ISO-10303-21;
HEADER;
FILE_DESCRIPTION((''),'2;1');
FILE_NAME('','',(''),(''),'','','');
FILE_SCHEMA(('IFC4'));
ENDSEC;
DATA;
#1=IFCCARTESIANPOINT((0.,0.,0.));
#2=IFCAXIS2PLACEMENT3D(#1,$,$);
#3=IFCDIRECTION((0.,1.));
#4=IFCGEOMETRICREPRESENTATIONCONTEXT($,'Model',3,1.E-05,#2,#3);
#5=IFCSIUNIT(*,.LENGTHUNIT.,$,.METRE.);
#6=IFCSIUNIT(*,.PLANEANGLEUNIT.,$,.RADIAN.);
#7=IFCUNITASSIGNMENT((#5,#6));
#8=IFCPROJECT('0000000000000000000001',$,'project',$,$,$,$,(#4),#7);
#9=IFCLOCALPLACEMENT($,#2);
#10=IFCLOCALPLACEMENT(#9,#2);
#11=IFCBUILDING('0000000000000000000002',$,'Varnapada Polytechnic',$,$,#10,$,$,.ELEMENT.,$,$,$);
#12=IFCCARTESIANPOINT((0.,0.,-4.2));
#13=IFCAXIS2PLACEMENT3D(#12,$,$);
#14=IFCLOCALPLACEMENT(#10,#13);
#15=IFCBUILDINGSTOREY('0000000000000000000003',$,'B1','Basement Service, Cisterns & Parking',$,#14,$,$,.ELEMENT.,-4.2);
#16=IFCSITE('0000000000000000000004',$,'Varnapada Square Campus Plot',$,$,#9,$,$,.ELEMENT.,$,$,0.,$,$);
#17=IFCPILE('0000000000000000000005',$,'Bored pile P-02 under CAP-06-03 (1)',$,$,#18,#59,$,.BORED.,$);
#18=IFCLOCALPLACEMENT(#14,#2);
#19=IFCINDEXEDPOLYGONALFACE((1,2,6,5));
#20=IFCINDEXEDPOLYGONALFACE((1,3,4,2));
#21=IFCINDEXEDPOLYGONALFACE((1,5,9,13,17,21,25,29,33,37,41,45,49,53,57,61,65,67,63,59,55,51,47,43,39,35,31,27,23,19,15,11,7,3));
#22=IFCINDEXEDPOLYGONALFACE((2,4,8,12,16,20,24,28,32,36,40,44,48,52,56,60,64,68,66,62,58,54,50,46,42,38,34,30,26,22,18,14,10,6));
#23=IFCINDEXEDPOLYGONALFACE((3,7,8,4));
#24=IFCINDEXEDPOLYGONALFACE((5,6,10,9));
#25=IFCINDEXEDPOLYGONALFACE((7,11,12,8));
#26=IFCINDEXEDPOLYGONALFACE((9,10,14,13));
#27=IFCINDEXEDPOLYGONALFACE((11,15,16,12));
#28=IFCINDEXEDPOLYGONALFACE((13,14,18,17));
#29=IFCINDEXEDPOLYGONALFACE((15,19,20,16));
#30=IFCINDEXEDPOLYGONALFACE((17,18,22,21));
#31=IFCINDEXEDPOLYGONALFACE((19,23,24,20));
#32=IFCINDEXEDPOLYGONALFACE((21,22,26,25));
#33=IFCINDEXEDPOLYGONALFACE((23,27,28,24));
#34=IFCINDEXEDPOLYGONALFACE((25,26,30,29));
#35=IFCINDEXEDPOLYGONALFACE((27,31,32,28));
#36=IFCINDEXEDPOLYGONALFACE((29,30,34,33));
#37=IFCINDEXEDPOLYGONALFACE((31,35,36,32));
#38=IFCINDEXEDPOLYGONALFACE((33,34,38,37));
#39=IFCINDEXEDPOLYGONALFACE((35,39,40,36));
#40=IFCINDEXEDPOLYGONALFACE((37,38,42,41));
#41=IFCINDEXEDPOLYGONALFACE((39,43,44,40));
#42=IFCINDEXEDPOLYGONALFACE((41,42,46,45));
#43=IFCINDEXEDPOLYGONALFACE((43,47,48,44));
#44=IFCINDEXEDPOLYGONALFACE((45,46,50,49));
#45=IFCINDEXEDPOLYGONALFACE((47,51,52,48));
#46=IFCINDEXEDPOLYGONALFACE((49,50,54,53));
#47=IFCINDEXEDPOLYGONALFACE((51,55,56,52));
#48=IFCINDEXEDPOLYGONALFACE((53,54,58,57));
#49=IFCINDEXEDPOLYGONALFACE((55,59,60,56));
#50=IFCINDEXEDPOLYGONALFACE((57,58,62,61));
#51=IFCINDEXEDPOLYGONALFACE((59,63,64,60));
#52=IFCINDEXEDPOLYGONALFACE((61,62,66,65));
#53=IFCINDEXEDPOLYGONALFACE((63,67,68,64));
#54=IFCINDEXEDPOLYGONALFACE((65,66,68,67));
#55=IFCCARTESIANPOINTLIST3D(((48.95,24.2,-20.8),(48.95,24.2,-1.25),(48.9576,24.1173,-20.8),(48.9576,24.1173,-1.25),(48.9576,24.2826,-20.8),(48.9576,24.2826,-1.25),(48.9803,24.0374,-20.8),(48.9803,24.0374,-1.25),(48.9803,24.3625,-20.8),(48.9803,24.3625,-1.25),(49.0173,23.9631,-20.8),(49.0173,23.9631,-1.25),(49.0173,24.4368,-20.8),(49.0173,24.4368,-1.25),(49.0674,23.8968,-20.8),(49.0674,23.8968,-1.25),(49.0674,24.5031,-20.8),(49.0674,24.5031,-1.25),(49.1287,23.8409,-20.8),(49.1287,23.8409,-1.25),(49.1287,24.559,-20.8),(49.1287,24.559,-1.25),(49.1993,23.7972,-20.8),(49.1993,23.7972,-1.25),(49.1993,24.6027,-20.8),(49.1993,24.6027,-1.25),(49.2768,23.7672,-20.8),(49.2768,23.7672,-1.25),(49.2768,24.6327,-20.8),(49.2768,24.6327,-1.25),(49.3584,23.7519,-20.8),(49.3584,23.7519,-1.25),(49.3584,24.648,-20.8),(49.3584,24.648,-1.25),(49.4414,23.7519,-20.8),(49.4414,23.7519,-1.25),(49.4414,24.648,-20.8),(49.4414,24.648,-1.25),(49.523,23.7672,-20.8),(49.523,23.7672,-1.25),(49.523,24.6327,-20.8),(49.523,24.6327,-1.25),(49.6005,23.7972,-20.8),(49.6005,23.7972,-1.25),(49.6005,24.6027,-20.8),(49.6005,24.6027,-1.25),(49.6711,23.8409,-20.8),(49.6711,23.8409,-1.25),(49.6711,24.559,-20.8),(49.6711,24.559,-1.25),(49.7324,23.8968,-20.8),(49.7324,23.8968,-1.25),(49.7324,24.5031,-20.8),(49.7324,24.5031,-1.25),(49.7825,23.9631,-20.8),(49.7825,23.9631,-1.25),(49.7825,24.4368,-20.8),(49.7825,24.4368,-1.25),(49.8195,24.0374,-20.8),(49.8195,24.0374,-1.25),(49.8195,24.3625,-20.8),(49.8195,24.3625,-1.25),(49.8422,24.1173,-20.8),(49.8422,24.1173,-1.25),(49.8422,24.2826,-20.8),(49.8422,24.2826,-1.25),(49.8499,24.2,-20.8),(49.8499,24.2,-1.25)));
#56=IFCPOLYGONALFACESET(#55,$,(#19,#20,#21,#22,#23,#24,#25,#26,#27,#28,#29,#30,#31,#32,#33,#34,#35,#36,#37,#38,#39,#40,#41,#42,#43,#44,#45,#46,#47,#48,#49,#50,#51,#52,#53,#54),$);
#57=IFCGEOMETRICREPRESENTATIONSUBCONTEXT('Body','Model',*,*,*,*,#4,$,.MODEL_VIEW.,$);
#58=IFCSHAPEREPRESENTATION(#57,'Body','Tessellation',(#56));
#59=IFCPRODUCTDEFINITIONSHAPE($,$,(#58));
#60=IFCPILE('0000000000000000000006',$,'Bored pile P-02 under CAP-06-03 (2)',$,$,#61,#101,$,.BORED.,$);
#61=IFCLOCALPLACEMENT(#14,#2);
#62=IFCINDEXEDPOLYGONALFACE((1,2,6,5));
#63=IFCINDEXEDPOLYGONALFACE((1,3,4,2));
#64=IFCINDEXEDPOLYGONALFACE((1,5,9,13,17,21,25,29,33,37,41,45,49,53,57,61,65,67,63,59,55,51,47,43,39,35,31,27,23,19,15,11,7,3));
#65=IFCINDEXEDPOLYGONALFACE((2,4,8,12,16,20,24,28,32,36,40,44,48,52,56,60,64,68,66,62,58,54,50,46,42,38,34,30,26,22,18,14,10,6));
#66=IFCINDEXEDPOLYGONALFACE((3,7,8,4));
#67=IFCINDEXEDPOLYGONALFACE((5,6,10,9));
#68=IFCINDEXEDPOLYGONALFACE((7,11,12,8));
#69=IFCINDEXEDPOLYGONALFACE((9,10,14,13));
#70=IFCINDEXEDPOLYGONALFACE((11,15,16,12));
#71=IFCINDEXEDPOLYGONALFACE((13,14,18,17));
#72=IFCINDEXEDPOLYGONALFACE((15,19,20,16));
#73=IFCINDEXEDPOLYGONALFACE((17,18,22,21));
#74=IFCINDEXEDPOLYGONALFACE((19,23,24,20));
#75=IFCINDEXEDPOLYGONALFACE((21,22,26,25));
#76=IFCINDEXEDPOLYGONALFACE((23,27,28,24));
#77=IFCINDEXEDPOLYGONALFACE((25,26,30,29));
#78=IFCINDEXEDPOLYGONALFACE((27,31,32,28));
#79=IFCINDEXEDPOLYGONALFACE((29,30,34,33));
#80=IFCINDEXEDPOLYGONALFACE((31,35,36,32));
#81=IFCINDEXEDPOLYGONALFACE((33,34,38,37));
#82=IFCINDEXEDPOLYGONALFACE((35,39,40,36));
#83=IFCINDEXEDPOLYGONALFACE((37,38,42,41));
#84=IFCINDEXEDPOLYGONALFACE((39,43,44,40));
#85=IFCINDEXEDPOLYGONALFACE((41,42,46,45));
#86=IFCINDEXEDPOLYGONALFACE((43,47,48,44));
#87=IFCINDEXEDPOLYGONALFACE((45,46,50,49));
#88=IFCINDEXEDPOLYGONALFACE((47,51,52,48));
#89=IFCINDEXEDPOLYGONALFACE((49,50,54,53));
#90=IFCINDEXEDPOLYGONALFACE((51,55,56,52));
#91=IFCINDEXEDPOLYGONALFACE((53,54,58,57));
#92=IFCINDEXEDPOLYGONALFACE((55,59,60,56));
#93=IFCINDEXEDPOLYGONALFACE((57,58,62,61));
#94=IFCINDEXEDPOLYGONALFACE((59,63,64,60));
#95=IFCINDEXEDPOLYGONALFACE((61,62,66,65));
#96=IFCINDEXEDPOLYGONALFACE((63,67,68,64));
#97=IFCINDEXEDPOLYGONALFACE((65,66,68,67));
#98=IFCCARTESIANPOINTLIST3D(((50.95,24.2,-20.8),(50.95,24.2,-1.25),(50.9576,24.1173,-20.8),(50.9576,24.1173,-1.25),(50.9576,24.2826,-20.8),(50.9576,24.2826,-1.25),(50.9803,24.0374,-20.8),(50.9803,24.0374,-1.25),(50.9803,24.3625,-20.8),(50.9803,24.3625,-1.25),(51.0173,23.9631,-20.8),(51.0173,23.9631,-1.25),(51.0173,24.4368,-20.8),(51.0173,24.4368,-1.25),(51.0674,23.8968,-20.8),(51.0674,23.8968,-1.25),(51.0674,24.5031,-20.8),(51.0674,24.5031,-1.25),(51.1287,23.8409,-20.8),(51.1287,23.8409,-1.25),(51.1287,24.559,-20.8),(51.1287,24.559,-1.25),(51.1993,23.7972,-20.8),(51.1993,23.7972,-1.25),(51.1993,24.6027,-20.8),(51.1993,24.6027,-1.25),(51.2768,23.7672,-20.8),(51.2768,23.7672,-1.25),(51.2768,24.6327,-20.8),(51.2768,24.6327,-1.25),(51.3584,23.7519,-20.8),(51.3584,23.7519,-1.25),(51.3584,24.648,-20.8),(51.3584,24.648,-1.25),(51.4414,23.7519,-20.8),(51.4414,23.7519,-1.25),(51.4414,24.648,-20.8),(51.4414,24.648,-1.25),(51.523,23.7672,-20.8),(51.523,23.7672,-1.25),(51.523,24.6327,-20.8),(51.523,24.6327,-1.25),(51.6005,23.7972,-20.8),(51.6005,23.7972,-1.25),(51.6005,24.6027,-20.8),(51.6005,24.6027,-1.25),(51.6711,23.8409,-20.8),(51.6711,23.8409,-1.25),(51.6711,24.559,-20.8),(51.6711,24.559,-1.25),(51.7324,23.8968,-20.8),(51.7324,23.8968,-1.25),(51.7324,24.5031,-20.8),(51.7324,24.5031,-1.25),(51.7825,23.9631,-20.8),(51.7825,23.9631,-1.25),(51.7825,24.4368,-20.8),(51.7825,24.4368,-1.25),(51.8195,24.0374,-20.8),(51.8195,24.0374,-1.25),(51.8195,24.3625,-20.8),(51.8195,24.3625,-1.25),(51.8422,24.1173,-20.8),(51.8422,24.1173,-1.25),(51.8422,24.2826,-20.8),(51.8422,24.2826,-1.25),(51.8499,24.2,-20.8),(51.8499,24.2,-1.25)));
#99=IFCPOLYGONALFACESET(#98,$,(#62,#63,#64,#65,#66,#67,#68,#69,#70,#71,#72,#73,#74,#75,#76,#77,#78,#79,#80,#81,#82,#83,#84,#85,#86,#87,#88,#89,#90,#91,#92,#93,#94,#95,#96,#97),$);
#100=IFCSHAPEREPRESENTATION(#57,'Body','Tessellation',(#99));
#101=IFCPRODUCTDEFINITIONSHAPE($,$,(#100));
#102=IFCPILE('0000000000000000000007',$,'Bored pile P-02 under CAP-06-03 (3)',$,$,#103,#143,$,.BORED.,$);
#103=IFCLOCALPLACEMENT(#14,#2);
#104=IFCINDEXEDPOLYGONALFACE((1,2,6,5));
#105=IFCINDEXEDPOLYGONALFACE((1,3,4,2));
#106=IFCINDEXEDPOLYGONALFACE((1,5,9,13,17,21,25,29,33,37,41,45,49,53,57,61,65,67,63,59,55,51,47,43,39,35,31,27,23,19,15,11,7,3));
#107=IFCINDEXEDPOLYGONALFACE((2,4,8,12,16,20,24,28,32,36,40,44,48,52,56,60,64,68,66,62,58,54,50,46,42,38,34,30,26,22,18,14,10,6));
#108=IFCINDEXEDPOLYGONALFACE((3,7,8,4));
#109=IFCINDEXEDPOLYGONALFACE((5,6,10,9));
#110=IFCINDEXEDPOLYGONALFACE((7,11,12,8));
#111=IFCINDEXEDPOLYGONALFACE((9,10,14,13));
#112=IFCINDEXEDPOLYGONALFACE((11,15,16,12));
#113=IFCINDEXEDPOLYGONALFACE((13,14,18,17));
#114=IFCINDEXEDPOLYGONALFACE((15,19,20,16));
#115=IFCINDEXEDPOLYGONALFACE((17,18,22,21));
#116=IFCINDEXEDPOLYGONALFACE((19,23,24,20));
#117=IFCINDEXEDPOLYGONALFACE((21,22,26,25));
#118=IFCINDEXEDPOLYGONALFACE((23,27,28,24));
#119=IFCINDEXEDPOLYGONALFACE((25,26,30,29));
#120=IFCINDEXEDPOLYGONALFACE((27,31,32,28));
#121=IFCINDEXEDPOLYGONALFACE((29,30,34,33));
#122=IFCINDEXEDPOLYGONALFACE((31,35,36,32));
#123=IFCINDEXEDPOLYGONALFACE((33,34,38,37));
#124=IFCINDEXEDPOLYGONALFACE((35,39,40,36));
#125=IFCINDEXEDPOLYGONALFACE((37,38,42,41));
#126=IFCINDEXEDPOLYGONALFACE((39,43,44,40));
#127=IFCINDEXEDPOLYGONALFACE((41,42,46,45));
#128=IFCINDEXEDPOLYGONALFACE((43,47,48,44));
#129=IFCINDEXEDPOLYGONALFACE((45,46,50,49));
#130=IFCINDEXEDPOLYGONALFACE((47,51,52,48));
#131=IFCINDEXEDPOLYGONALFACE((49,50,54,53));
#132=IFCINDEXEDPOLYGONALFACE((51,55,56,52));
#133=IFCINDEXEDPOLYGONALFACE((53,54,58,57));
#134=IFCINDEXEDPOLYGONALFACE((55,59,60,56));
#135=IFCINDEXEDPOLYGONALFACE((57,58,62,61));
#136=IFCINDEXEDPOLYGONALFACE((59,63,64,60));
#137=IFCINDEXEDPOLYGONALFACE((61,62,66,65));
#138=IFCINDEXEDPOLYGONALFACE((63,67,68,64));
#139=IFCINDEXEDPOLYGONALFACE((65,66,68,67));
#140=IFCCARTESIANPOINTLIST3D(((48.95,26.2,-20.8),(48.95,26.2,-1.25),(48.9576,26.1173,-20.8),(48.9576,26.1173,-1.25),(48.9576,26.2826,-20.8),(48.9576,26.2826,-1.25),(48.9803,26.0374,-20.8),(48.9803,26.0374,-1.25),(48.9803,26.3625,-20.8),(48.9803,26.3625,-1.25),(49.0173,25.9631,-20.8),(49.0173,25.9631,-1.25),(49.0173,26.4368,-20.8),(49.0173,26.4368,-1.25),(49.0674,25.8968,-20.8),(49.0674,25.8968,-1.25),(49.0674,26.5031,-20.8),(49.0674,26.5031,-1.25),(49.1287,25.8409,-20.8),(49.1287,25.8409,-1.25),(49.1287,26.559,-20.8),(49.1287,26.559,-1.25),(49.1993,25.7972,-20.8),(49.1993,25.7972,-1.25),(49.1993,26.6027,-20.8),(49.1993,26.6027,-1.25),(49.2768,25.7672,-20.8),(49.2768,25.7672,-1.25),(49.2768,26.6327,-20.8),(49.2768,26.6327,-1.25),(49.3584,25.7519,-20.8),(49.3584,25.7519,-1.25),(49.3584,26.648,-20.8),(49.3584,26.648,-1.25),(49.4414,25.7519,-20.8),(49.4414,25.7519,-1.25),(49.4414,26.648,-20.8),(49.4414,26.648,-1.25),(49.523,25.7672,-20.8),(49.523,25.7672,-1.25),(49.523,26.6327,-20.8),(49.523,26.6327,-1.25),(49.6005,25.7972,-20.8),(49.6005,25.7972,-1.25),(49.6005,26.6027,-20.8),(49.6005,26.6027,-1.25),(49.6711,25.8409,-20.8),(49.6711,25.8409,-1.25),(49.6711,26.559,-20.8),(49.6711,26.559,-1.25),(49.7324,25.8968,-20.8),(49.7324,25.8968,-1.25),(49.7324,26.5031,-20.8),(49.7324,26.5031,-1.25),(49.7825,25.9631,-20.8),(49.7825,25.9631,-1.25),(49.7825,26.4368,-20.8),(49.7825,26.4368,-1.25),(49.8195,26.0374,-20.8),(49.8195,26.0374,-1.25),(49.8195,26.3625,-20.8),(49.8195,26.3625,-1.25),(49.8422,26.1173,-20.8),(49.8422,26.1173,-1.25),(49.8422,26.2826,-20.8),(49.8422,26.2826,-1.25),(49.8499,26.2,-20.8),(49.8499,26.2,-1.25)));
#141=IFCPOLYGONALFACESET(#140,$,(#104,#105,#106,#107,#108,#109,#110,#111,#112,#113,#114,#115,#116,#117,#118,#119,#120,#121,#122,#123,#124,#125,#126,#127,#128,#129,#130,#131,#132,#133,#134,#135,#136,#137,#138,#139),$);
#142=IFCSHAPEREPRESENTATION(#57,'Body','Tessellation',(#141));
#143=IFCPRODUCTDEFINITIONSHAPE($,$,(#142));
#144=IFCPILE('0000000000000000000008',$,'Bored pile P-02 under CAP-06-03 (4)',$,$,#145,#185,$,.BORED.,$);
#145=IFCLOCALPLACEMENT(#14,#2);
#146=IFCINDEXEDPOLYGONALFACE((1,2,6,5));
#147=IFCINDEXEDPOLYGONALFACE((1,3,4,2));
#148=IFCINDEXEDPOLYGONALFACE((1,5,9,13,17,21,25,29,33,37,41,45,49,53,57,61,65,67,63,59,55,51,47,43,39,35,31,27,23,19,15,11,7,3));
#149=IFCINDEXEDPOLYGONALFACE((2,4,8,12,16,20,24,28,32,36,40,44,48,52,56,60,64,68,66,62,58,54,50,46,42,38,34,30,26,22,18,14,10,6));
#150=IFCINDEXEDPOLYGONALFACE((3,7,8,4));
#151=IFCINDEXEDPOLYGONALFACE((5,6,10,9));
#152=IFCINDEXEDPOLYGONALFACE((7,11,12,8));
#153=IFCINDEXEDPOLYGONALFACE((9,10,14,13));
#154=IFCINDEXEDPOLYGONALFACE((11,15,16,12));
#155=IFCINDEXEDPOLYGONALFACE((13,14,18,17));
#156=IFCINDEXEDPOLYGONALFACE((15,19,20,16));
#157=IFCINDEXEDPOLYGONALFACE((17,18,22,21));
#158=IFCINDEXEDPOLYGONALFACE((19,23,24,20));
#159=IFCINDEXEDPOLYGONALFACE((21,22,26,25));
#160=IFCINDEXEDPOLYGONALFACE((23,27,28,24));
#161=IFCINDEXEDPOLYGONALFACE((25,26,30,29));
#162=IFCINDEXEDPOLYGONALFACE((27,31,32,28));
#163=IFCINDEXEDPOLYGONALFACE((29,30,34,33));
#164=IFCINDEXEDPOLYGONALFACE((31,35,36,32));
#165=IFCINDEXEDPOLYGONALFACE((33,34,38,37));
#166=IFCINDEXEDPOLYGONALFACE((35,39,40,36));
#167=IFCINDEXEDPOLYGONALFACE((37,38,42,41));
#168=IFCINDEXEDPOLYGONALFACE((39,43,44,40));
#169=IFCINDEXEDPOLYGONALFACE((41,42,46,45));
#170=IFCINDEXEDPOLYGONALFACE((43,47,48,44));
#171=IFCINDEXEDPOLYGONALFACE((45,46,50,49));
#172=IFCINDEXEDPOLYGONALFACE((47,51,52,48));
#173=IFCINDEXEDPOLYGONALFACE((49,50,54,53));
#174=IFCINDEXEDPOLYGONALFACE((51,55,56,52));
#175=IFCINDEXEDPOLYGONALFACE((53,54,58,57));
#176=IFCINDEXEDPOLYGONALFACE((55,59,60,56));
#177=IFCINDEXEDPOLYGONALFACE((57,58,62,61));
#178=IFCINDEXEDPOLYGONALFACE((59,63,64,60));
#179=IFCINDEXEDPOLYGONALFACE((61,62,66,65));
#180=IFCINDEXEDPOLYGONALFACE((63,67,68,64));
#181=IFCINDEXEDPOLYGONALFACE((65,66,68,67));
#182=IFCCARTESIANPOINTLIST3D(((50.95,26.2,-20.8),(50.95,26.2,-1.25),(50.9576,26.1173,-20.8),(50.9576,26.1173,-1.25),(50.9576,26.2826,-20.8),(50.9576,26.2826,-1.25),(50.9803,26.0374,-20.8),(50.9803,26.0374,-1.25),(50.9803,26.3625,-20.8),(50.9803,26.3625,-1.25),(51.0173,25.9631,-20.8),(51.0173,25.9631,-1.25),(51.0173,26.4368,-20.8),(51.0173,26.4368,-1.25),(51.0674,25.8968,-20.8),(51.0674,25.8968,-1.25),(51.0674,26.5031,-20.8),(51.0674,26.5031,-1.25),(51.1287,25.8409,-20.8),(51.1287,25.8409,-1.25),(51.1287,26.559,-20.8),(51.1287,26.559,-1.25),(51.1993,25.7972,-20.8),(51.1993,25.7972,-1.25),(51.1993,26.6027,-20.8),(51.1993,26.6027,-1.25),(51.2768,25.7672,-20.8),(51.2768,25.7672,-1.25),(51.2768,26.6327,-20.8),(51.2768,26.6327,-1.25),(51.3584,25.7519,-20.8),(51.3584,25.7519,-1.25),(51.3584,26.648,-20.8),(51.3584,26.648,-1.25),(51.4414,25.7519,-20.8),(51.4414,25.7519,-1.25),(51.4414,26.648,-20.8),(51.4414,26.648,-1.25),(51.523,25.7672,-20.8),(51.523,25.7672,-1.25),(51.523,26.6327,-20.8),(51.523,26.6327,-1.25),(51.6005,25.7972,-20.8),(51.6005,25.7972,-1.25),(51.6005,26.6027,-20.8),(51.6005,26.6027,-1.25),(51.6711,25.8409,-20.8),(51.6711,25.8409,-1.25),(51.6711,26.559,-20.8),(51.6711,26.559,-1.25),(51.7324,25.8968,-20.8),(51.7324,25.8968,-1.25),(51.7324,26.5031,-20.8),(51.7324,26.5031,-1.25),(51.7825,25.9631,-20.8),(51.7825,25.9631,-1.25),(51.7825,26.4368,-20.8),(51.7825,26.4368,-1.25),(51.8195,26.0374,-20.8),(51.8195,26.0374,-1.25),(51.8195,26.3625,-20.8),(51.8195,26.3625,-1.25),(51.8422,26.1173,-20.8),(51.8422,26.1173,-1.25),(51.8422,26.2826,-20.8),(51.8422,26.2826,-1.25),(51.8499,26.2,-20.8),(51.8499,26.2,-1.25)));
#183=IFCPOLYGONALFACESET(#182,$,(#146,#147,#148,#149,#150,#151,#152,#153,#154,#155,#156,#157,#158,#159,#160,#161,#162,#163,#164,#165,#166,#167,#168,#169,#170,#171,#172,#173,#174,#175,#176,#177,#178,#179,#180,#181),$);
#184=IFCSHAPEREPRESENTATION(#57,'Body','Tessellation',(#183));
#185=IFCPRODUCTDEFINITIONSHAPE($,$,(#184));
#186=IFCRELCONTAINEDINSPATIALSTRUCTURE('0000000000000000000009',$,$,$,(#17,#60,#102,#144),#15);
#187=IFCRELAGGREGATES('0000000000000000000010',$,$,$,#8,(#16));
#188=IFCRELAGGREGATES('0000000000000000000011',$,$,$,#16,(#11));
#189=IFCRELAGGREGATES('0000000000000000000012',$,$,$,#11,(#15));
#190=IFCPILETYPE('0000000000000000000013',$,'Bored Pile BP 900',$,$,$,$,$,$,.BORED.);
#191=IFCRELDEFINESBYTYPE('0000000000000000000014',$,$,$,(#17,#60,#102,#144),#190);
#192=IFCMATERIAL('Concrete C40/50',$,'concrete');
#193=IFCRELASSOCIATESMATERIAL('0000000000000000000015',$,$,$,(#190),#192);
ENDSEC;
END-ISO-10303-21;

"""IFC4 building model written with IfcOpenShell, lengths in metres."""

from ifc_helpers import new_model, si_unit, direction, frame, origin, origin_2d, place, context, subcontext, project, spatial, circle, extrude, material, material_profile, profile_set, type_object, element, save


model = new_model("IFC4")

# Units and contexts
model_context = context("Model", 3, precision=1e-05, world=origin(), true_north=direction((0.0, 1.0)))
body_context = subcontext(model_context, "Body", "Model", "MODEL_VIEW")
ifc_project = project(units=[si_unit("LENGTHUNIT", "METRE"), si_unit("PLANEANGLEUNIT", "RADIAN")], contexts=[model_context])

# Site, building, storey
site_placement = place(None, origin())
site = spatial("IfcSite", under=ifc_project, at=site_placement, Name="Varnapada Square Campus Plot", CompositionType="ELEMENT", RefElevation=0.0)
building_placement = place(site_placement, origin())
building = spatial("IfcBuilding", under=site, at=building_placement, Name="Varnapada Polytechnic", CompositionType="ELEMENT")
storey_placement = place(building_placement, frame((0.0, 0.0, -4.2)))
storey = spatial("IfcBuildingStorey", under=building, at=storey_placement, Name="B1", Description="Basement Service, Cisterns & Parking", CompositionType="ELEMENT", Elevation=-4.2)

# Piles
ifc_material_1 = material(Name="Concrete C40/50", Category="concrete")
ifc_material_profile_1 = material_profile(ifc_material_1, circle(Radius=0.45, at=origin_2d()), Name="BP 900")
ifc_profile_set_1 = profile_set([ifc_material_profile_1], Name="Concrete C40/50")
pile_type = type_object("IfcPileType", Name="Bored Pile BP 900", PredefinedType="BORED", material=ifc_profile_set_1)
for number, where, z_axis, x_axis, name in (
    (1, (49.3999, 24.2, -1.25), (0.0, 0.0, -1.0), (1.0, 0.0, 0.0), "Bored pile P-02 under CAP-06-03 (1)"),
    (2, (51.3999, 24.2, -1.25), (0.0, 0.0, -1.0), (1.0, 0.0, 0.0), "Bored pile P-02 under CAP-06-03 (2)"),
    (3, (49.3999, 26.2, -1.25), (0.0, 0.0, -1.0), (1.0, 0.0, 0.0), "Bored pile P-02 under CAP-06-03 (3)"),
    (4, (51.3999, 26.2, -1.25), (0.0, 0.0, -1.0), (1.0, 0.0, 0.0), "Bored pile P-02 under CAP-06-03 (4)"),
):
    element("IfcPile", number, at=place(storey_placement, frame(where, z_axis=z_axis, x_axis=x_axis)), inside=storey, type_object=pile_type, Name=name, PredefinedType="BORED", context=body_context, shape_type="SweptSolid", body=[
        extrude(circle(Radius=0.45, at=origin_2d()), origin(), (0.0, 0.0, 1.0), 19.55),
    ])

save(model, "model.ifc")
